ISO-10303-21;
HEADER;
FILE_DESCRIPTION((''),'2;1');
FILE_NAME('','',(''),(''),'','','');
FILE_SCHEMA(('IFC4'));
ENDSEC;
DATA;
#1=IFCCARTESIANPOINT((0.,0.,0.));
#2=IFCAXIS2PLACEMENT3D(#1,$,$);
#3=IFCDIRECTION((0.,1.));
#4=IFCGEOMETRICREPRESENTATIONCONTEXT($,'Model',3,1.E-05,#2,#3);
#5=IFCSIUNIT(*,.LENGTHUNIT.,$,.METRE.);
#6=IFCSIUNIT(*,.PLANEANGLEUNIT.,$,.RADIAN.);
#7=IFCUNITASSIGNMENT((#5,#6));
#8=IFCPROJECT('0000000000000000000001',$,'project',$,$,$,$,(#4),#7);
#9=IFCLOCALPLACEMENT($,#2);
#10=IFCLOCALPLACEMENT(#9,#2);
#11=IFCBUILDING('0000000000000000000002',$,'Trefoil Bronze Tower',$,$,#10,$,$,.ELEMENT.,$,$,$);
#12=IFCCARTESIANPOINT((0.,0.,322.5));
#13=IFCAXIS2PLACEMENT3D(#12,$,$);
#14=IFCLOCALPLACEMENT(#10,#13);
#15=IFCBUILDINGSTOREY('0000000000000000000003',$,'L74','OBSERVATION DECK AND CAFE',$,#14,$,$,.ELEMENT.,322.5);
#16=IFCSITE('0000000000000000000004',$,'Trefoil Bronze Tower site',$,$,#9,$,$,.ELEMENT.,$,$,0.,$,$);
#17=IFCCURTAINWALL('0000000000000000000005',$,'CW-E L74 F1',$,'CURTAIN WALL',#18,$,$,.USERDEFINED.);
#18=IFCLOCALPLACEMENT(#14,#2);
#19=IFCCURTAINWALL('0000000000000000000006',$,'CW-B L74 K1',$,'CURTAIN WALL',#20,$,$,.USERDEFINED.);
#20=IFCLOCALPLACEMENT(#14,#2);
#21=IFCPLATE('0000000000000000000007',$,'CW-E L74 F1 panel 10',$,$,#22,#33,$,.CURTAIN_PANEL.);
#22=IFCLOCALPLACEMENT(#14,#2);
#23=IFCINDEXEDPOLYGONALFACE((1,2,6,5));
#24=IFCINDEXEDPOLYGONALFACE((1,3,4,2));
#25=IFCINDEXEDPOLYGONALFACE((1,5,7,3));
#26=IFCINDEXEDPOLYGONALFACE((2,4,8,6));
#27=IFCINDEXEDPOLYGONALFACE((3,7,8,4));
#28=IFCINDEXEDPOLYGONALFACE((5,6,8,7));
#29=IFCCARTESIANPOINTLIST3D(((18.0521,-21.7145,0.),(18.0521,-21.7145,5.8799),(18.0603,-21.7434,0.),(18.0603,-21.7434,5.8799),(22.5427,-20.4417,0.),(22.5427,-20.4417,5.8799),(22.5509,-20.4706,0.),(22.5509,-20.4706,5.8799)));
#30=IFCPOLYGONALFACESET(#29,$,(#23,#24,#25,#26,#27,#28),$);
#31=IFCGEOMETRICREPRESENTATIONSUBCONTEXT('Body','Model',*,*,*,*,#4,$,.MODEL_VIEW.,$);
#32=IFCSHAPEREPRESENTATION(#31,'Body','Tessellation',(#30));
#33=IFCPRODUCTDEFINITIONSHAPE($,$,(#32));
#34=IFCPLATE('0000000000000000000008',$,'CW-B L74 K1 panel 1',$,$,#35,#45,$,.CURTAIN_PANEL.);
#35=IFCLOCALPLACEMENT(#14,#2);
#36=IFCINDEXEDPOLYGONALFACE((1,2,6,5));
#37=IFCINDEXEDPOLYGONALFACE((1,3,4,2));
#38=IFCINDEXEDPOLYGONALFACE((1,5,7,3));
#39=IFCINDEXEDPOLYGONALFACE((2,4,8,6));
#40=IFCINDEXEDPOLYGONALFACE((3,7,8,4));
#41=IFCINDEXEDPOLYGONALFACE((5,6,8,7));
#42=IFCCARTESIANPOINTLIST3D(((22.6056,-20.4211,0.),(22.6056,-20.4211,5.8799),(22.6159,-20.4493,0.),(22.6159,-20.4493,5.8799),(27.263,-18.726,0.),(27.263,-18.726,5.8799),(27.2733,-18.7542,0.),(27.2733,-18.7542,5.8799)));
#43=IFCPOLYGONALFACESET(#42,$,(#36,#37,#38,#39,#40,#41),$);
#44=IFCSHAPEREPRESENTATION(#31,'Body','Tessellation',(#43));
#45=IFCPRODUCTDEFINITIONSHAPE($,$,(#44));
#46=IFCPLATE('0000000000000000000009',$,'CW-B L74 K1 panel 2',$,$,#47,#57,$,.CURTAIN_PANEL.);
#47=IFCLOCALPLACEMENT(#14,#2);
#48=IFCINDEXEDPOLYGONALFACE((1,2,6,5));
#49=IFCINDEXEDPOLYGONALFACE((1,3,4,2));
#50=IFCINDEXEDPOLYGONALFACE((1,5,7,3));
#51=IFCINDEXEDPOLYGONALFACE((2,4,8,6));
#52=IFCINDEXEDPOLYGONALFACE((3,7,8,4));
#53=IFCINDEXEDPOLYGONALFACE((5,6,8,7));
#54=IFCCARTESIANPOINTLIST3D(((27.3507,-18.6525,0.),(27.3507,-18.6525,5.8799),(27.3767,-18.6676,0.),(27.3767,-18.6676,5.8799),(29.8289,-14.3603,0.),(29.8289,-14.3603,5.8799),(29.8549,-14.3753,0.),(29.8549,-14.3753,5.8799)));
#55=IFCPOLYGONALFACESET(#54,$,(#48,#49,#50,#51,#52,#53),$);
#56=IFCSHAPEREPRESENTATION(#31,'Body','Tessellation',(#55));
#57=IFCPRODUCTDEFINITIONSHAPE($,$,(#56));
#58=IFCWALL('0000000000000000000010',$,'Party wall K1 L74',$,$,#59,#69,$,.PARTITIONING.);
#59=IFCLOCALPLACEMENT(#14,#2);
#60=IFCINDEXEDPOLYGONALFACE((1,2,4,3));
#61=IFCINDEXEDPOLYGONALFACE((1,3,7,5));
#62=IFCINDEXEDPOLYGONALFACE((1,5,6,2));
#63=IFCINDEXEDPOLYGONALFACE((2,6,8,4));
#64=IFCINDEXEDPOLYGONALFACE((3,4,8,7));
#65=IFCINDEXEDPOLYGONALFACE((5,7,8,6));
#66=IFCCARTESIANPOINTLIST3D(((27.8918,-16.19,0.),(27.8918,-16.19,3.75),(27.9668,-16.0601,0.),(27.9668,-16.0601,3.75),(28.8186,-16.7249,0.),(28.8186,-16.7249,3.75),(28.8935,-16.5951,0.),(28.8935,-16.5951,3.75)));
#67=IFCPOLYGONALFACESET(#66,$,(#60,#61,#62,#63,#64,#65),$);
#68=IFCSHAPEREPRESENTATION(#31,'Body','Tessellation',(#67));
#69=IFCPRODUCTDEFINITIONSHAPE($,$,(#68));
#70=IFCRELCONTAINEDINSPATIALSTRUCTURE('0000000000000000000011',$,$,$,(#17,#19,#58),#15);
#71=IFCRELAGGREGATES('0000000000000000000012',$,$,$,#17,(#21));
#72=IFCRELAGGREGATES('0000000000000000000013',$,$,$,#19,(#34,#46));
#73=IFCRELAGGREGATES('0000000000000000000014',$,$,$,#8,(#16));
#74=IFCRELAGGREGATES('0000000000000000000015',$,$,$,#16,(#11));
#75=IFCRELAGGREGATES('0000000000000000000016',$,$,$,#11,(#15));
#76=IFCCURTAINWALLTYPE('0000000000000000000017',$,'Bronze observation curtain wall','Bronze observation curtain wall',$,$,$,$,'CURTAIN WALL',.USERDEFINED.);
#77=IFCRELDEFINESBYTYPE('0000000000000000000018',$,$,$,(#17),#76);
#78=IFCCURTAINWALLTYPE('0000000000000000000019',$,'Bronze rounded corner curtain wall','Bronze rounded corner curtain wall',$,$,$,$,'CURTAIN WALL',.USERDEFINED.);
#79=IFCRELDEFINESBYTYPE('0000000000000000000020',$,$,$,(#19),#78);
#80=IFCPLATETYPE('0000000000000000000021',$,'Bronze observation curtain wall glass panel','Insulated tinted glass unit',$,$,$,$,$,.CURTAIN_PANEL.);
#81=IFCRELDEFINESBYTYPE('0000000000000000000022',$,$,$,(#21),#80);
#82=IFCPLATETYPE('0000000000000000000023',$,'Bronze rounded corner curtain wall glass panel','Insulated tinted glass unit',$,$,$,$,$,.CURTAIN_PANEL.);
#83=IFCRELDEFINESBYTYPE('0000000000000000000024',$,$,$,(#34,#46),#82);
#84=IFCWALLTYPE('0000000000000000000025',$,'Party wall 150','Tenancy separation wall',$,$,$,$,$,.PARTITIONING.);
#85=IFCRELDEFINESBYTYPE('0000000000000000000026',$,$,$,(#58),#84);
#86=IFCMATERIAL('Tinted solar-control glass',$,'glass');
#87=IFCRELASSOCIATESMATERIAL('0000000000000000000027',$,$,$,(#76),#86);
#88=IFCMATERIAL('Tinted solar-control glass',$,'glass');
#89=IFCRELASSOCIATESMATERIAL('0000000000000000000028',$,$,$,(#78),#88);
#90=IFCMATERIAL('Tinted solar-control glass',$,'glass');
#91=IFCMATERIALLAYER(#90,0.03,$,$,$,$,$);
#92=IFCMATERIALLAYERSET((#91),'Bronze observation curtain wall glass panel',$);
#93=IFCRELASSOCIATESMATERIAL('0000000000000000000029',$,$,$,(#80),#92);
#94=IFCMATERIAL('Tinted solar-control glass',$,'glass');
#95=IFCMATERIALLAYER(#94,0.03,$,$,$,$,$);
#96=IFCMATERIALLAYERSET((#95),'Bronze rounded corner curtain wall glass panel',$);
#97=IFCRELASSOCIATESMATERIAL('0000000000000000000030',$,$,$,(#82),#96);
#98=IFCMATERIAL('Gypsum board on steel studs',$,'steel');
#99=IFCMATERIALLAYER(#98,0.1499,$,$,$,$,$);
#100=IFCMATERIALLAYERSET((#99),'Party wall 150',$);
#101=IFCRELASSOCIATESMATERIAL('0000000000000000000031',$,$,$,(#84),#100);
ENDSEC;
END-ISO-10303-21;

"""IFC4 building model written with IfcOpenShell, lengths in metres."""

from ifc_helpers import new_model, si_unit, direction, frame, frame_2d, origin, origin_2d, place, context, subcontext, project, spatial, rectangle, extrude, material, layer, layer_set, type_object, element, aggregate, save


model = new_model("IFC4")

# Units and contexts
model_context = context("Model", 3, precision=1e-05, world=origin(), true_north=direction((0.0, 1.0)))
body_context = subcontext(model_context, "Body", "Model", "MODEL_VIEW")
ifc_project = project(units=[si_unit("LENGTHUNIT", "METRE"), si_unit("PLANEANGLEUNIT", "RADIAN")], contexts=[model_context])

# Site, building, storey
site_placement = place(None, origin())
site = spatial("IfcSite", under=ifc_project, at=site_placement, Name="Trefoil Bronze Tower site", CompositionType="ELEMENT", RefElevation=0.0)
building_placement = place(site_placement, origin())
building = spatial("IfcBuilding", under=site, at=building_placement, Name="Trefoil Bronze Tower", CompositionType="ELEMENT")
storey_placement = place(building_placement, frame((0.0, 0.0, 322.5)))
storey = spatial("IfcBuildingStorey", under=building, at=storey_placement, Name="L74", Description="OBSERVATION DECK AND CAFE", CompositionType="ELEMENT", Elevation=322.5)

# Curtain walls
ifc_material_1 = material(Name="Tinted solar-control glass", Category="glass")
curtain_wall_type_1 = type_object("IfcCurtainWallType", Name="Bronze observation curtain wall", Description="Bronze observation curtain wall", ElementType="CURTAIN WALL", PredefinedType="USERDEFINED", material=ifc_material_1)
curtain_wall_1_placement = place(storey_placement, origin())
curtain_wall_1 = element("IfcCurtainWall", 1, at=curtain_wall_1_placement, inside=storey, type_object=curtain_wall_type_1, Name="CW-E L74 F1", ObjectType="CURTAIN WALL", PredefinedType="USERDEFINED")
ifc_material_2 = material(Name="Tinted solar-control glass", Category="glass")
curtain_wall_type_2 = type_object("IfcCurtainWallType", Name="Bronze rounded corner curtain wall", Description="Bronze rounded corner curtain wall", ElementType="CURTAIN WALL", PredefinedType="USERDEFINED", material=ifc_material_2)
curtain_wall_2_placement = place(storey_placement, origin())
curtain_wall_2 = element("IfcCurtainWall", 2, at=curtain_wall_2_placement, inside=storey, type_object=curtain_wall_type_2, Name="CW-B L74 K1", ObjectType="CURTAIN WALL", PredefinedType="USERDEFINED")

# Plates
ifc_material_3 = material(Name="Tinted solar-control glass", Category="glass")
ifc_layer_1 = layer(ifc_material_3, 0.03)
ifc_layer_set_1 = layer_set([ifc_layer_1], Name="Bronze observation curtain wall glass panel")
plate_type_1 = type_object("IfcPlateType", Name="Bronze observation curtain wall glass panel", Description="Insulated tinted glass unit", PredefinedType="CURTAIN_PANEL", material=ifc_layer_set_1)
plate_1_placement = place(storey_placement, frame((20.3015, -21.0925, 0.0), z_axis=(0.0, 0.0, 1.0), x_axis=(0.962098, 0.272705, 0.0)))
plate_1 = element("IfcPlate", 3, at=plate_1_placement, type_object=plate_type_1, Name="CW-E L74 F1 panel 10", PredefinedType="CURTAIN_PANEL", context=body_context, shape_type="SweptSolid", body=[
    extrude(rectangle(XDim=4.6675, YDim=0.03, at=origin_2d()), origin(), (0.0, 0.0, 1.0), 5.8799),
])
aggregate(curtain_wall_1, [plate_1])
ifc_material_4 = material(Name="Tinted solar-control glass", Category="glass")
ifc_layer_2 = layer(ifc_material_4, 0.03)
ifc_layer_set_2 = layer_set([ifc_layer_2], Name="Bronze rounded corner curtain wall glass panel")
plate_type_2 = type_object("IfcPlateType", Name="Bronze rounded corner curtain wall glass panel", Description="Insulated tinted glass unit", PredefinedType="CURTAIN_PANEL", material=ifc_layer_set_2)
plate_2_placement = place(storey_placement, frame((24.9395, -19.5876, 0.0), z_axis=(0.0, 0.0, 1.0), x_axis=(0.939693, 0.34202, 0.0)))
plate_2 = element("IfcPlate", 4, at=plate_2_placement, type_object=plate_type_2, Name="CW-B L74 K1 panel 1", PredefinedType="CURTAIN_PANEL", context=body_context, shape_type="SweptSolid", body=[
    extrude(rectangle(XDim=4.9563, YDim=0.03, at=origin_2d()), origin(), (0.0, 0.0, 1.0), 5.8799),
])
plate_3_placement = place(storey_placement, frame((28.6028, -16.5139, 0.0), z_axis=(0.0, 0.0, 1.0), x_axis=(0.5, 0.866025, 0.0)))
plate_3 = element("IfcPlate", 5, at=plate_3_placement, type_object=plate_type_2, Name="CW-B L74 K1 panel 2", PredefinedType="CURTAIN_PANEL", context=body_context, shape_type="SweptSolid", body=[
    extrude(rectangle(XDim=4.9563, YDim=0.03, at=origin_2d()), origin(), (0.0, 0.0, 1.0), 5.8799),
])
aggregate(curtain_wall_2, [plate_2, plate_3])

# Wall
ifc_material_5 = material(Name="Gypsum board on steel studs", Category="steel")
ifc_layer_3 = layer(ifc_material_5, 0.1499)
ifc_layer_set_3 = layer_set([ifc_layer_3], Name="Party wall 150")
wall_type = type_object("IfcWallType", Name="Party wall 150", Description="Tenancy separation wall", PredefinedType="PARTITIONING", material=ifc_layer_set_3)
wall_placement = place(storey_placement, frame((27.9292, -16.125, 0.0), z_axis=(0.0, 0.0, 1.0), x_axis=(0.866087, -0.499894, 0.0)))
element("IfcWall", 6, at=wall_placement, inside=storey, type_object=wall_type, Name="Party wall K1 L74", PredefinedType="PARTITIONING", context=body_context, shape_type="SweptSolid", body=[
    extrude(rectangle(XDim=1.0701, YDim=0.1499, at=frame_2d((0.5352, 0.0))), origin(), (0.0, 0.0, 1.0), 3.75),
])

save(model, "model.ifc")
